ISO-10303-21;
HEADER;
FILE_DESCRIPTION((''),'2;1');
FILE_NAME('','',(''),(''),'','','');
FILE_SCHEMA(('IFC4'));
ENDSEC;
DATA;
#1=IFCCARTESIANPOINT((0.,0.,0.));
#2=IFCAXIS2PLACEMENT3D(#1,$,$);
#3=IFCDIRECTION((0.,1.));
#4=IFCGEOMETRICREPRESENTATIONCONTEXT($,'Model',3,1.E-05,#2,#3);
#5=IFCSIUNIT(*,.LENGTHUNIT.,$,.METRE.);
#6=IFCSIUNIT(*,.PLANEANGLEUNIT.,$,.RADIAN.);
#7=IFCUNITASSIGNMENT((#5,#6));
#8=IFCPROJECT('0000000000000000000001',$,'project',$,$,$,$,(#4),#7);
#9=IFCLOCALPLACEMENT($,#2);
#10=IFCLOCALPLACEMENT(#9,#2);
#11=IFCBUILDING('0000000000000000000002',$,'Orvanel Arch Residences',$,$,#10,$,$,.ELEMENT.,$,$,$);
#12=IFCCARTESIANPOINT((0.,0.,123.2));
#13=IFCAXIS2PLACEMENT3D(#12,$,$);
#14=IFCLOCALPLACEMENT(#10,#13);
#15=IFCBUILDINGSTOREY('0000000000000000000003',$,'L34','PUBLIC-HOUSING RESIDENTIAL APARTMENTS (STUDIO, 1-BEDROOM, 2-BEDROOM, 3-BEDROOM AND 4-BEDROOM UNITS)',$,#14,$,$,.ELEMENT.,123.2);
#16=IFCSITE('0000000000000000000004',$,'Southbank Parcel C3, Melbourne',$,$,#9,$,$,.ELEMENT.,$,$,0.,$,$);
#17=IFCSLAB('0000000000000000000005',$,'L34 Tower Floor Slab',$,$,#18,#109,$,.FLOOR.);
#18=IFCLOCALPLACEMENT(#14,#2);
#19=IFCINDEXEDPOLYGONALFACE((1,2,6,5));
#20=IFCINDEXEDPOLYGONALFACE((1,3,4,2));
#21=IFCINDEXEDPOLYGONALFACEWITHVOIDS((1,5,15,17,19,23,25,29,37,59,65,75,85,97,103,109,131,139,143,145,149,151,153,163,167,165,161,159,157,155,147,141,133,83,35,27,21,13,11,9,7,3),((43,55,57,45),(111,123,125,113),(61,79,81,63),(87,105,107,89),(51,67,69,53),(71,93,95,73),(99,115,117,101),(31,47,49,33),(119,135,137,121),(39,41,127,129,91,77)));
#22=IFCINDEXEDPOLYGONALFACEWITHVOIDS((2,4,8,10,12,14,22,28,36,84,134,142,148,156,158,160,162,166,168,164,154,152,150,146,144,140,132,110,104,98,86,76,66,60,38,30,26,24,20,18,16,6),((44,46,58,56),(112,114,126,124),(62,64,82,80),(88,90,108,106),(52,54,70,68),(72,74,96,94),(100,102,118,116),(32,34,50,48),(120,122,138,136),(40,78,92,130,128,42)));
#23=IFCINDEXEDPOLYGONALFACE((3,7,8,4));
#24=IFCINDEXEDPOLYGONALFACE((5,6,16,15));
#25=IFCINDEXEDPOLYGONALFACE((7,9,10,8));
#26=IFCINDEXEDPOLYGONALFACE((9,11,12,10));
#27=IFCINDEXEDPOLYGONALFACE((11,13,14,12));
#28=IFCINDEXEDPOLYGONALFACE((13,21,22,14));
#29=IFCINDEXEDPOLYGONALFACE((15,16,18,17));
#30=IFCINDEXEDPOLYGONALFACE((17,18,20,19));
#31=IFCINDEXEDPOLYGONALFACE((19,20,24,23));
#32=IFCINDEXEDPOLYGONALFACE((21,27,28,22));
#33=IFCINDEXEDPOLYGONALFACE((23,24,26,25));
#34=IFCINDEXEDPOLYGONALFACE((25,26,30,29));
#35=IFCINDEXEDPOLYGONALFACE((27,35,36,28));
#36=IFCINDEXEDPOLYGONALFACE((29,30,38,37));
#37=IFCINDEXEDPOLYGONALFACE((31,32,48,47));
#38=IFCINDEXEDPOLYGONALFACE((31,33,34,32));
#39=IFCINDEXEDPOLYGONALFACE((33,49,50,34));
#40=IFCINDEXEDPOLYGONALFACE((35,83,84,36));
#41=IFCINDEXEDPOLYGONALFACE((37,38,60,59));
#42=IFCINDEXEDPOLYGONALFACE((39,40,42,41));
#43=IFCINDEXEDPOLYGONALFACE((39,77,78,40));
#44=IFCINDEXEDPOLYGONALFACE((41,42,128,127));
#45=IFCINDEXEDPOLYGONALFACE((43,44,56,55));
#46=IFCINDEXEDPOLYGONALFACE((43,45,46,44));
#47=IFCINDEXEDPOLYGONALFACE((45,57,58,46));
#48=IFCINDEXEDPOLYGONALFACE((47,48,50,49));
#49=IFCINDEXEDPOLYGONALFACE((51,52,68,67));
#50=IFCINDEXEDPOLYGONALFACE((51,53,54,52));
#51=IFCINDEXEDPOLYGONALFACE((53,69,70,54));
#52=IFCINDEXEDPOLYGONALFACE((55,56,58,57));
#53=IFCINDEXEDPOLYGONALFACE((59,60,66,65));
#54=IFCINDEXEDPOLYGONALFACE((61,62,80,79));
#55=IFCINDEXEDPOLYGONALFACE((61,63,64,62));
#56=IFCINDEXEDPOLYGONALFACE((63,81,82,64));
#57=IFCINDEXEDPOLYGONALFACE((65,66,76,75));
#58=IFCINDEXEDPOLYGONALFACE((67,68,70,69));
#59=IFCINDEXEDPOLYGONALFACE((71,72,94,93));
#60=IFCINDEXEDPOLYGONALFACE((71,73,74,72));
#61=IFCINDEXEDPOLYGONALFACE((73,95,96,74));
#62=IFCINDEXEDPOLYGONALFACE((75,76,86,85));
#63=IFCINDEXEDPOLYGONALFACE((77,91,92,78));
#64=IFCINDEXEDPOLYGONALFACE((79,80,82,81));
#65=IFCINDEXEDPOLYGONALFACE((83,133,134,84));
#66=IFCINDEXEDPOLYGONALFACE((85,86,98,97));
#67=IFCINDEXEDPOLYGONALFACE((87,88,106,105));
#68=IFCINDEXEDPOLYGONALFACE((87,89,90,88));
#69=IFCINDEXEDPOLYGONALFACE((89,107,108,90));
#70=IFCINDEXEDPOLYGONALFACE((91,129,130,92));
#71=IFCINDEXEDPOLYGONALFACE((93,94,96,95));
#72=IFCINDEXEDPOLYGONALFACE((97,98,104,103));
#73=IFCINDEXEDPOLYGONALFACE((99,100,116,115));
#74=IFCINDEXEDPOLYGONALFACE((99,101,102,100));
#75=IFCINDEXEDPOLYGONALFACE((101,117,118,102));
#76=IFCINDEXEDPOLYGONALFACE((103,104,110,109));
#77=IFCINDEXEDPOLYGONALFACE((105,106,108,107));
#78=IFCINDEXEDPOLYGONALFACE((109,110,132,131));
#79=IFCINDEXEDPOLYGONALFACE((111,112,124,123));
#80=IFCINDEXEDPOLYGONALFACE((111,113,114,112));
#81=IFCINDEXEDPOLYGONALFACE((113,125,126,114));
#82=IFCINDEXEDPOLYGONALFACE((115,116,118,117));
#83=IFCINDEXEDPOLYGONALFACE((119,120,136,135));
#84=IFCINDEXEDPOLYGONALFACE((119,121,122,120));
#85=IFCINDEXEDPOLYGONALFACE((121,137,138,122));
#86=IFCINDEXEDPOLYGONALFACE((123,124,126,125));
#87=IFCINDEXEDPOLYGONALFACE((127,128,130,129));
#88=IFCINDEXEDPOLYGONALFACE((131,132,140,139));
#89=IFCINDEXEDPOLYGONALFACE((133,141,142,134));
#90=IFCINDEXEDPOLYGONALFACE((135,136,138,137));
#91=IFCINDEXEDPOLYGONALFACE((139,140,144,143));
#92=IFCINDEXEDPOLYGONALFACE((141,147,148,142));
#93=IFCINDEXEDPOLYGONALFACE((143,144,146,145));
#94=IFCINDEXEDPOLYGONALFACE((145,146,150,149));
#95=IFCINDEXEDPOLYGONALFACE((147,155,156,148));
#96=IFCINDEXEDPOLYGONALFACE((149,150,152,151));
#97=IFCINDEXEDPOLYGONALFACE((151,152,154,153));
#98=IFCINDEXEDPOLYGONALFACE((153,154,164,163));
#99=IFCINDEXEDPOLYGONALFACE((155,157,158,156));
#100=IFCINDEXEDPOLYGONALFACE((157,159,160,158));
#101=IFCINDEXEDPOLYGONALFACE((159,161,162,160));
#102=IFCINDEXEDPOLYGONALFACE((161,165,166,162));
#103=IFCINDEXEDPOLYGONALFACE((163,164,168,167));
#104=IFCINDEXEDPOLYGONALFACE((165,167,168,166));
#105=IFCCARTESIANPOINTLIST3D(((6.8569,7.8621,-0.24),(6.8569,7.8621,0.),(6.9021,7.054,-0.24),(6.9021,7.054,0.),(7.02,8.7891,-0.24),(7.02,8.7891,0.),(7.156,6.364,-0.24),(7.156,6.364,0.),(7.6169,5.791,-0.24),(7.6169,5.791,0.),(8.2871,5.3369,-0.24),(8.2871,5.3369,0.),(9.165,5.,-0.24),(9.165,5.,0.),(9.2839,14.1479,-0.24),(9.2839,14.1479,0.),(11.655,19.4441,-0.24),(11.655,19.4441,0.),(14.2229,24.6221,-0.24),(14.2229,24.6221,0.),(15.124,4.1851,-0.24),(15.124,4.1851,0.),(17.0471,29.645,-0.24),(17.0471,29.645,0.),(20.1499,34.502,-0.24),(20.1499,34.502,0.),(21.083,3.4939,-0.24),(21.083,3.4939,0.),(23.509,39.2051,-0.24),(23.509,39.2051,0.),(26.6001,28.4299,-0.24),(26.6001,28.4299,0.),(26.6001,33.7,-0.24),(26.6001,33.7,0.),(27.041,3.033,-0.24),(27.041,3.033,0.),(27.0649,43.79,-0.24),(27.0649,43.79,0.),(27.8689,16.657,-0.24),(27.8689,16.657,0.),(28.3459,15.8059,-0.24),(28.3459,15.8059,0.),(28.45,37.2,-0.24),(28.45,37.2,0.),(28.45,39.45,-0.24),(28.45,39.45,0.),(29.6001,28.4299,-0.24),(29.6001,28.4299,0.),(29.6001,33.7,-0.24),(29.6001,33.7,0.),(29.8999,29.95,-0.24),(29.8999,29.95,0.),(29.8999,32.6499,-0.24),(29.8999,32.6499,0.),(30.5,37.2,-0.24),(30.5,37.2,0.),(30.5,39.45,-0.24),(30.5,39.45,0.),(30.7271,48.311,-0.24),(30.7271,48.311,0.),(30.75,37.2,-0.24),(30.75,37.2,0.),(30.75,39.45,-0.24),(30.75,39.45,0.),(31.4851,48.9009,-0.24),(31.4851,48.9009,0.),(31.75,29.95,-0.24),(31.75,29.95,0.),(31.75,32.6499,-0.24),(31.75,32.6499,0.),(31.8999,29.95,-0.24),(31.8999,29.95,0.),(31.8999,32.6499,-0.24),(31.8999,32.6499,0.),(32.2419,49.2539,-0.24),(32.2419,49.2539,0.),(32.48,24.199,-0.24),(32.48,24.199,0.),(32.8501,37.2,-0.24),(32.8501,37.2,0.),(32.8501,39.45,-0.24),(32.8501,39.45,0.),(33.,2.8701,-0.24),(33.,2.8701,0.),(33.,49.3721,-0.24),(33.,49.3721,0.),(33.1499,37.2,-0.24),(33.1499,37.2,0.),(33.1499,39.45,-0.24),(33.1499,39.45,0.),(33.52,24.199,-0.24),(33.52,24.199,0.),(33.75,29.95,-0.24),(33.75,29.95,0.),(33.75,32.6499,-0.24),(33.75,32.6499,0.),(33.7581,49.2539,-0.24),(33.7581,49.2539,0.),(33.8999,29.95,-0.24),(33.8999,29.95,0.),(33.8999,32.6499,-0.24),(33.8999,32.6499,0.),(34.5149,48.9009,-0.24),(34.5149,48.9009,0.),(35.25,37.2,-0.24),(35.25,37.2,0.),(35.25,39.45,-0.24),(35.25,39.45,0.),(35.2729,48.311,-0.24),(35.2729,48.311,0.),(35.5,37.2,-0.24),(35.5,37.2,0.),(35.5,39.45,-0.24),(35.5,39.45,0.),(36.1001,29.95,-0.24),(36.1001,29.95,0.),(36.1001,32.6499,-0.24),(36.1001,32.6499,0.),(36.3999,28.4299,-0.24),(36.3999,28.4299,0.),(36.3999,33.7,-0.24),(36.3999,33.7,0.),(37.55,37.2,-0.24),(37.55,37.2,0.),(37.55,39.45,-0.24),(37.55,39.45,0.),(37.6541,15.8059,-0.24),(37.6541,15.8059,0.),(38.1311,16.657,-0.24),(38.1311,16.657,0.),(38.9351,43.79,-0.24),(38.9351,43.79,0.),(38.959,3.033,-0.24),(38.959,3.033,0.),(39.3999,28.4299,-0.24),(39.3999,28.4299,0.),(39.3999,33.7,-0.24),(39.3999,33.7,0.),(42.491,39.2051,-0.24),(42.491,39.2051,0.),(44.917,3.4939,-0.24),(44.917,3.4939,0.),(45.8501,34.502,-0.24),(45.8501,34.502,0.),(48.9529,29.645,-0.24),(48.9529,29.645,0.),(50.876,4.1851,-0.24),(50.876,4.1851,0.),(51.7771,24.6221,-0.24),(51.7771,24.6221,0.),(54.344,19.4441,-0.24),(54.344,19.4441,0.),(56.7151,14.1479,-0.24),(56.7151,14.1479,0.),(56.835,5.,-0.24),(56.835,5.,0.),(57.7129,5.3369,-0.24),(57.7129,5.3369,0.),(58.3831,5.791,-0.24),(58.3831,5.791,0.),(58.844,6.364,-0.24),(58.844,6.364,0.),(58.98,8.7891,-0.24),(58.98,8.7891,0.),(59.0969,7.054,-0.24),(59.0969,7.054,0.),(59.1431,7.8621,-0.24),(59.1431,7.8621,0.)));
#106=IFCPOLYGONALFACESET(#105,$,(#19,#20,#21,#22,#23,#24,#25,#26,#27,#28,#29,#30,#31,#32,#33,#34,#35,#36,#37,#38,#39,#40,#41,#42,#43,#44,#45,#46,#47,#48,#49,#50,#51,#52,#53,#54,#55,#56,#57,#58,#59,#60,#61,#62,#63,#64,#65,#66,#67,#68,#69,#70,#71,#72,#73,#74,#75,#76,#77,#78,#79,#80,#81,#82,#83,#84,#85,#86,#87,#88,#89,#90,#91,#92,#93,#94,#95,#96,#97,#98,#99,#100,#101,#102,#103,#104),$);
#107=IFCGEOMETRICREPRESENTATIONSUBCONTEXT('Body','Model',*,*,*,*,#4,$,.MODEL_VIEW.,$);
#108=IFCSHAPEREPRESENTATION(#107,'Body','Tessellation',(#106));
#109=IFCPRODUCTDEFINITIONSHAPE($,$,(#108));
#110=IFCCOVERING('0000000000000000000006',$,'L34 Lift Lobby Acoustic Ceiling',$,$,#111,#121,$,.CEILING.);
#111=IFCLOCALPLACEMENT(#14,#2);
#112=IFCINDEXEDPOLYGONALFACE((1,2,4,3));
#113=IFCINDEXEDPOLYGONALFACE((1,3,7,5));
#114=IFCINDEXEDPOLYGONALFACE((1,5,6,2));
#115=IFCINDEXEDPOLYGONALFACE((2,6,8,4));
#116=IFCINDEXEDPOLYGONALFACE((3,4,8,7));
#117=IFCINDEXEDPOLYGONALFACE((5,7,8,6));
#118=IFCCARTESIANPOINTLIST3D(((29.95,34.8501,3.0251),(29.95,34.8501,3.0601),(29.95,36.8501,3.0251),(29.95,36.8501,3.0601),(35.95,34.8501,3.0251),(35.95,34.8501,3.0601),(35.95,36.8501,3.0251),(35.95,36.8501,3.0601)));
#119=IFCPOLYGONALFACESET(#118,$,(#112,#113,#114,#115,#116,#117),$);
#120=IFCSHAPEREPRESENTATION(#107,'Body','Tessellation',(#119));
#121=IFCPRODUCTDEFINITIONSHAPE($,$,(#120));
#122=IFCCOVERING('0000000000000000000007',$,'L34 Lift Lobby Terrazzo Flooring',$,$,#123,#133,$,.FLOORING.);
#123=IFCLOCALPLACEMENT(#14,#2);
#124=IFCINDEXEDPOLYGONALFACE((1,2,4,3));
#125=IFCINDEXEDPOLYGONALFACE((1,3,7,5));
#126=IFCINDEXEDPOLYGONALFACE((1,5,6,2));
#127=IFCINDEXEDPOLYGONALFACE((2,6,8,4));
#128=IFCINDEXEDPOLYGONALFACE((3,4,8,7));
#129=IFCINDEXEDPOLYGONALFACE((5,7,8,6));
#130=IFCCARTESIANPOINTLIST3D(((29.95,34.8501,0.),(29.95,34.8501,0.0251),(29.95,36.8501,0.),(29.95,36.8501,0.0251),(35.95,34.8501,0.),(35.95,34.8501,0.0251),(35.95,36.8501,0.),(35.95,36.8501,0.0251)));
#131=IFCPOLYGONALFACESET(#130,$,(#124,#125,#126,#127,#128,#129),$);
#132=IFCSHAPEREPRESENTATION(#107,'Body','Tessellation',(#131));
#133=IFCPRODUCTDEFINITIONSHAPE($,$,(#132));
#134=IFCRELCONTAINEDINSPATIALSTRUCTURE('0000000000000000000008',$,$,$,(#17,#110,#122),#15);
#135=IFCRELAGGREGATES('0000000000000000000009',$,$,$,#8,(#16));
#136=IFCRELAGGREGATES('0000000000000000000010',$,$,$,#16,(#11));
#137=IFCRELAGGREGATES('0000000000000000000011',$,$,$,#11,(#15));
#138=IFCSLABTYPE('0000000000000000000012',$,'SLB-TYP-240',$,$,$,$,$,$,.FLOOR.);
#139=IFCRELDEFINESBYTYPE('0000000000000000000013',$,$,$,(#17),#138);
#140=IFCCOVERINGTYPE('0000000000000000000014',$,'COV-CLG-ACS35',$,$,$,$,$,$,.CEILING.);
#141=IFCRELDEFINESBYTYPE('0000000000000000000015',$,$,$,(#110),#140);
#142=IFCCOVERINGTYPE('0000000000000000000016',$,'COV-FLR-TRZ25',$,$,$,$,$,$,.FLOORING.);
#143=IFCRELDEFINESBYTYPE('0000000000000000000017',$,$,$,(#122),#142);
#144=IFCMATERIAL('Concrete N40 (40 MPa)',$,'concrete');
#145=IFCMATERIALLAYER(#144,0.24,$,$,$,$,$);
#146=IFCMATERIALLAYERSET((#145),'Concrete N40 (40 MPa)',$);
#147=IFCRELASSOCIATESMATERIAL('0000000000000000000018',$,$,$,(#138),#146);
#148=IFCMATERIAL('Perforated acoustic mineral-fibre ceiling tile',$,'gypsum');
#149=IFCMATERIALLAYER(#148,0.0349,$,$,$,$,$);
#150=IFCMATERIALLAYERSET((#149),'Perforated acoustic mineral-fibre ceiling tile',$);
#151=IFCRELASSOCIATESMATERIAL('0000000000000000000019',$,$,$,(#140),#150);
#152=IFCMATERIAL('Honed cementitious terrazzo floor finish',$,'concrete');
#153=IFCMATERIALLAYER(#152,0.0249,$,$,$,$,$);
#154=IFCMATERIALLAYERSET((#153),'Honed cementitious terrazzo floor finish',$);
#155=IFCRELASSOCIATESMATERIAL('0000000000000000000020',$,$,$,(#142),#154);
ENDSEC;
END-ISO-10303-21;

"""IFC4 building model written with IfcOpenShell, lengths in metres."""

from ifc_helpers import new_model, si_unit, direction, frame, origin, place, context, subcontext, project, spatial, polyline, outline, extrude, material, layer, layer_set, type_object, element, save


model = new_model("IFC4")

# Units and contexts
model_context = context("Model", 3, precision=1e-05, world=origin(), true_north=direction((0.0, 1.0)))
body_context = subcontext(model_context, "Body", "Model", "MODEL_VIEW")
ifc_project = project(units=[si_unit("LENGTHUNIT", "METRE"), si_unit("PLANEANGLEUNIT", "RADIAN")], contexts=[model_context])

# Site, building, storey
site_placement = place(None, origin())
site = spatial("IfcSite", under=ifc_project, at=site_placement, Name="Southbank Parcel C3, Melbourne", CompositionType="ELEMENT", RefElevation=0.0)
building_placement = place(site_placement, origin())
building = spatial("IfcBuilding", under=site, at=building_placement, Name="Orvanel Arch Residences", CompositionType="ELEMENT")
storey_placement = place(building_placement, frame((0.0, 0.0, 123.2)))
storey = spatial("IfcBuildingStorey", under=building, at=storey_placement, Name="L34", Description="PUBLIC-HOUSING RESIDENTIAL APARTMENTS (STUDIO, 1-BEDROOM, 2-BEDROOM, 3-BEDROOM AND 4-BEDROOM UNITS)", CompositionType="ELEMENT", Elevation=123.2)

# Shared definitions
ifc_material_1 = material(Name="Concrete N40 (40 MPa)", Category="concrete")

# Slab
ifc_layer_1 = layer(ifc_material_1, 0.24)
ifc_layer_set_1 = layer_set([ifc_layer_1], Name="Concrete N40 (40 MPa)")
slab_type_1 = type_object("IfcSlabType", Name="SLB-TYP-240", PredefinedType="FLOOR", material=ifc_layer_set_1)
slab_1_placement = place(storey_placement, frame((0.0, 0.0, -0.24)))
element("IfcSlab", 1, at=slab_1_placement, inside=storey, type_object=slab_type_1, Name="L34 Tower Floor Slab", PredefinedType="FLOOR", context=body_context, shape_type="SweptSolid", body=[
    extrude(outline(polyline([(35.2729, 48.311), (34.5149, 48.9009), (33.7581, 49.2539), (33.0, 49.3721), (32.2419, 49.2539), (31.4851, 48.9009), (30.7271, 48.311), (27.0649, 43.79), (23.509, 39.2051), (20.1499, 34.502), (17.0471, 29.645), (14.2229, 24.6221), (11.655, 19.4441), (9.2839, 14.1479), (7.02, 8.7891), (6.8569, 7.8621), (6.9021, 7.054), (7.156, 6.364), (7.6169, 5.791), (8.2871, 5.3369), (9.165, 5.0), (15.124, 4.1851), (21.083, 3.4939), (27.041, 3.033), (33.0, 2.8701), (38.959, 3.033), (44.917, 3.4939), (50.876, 4.1851), (56.835, 5.0), (57.7129, 5.3369), (58.3831, 5.791), (58.844, 6.364), (59.0969, 7.054), (59.1431, 7.8621), (58.98, 8.7891), (56.7151, 14.1479), (54.344, 19.4441), (51.7771, 24.6221), (48.9529, 29.645), (45.8501, 34.502), (42.491, 39.2051), (38.9351, 43.79), (35.2729, 48.311)]), holes=[polyline([(26.6001, 28.4299), (26.6001, 33.7), (29.6001, 33.7), (29.6001, 28.4299), (26.6001, 28.4299)]), polyline([(36.3999, 28.4299), (36.3999, 33.7), (39.3999, 33.7), (39.3999, 28.4299), (36.3999, 28.4299)]), polyline([(29.8999, 32.6499), (31.75, 32.6499), (31.75, 29.95), (29.8999, 29.95), (29.8999, 32.6499)]), polyline([(31.8999, 32.6499), (33.75, 32.6499), (33.75, 29.95), (31.8999, 29.95), (31.8999, 32.6499)]), polyline([(33.8999, 32.6499), (36.1001, 32.6499), (36.1001, 29.95), (33.8999, 29.95), (33.8999, 32.6499)]), polyline([(28.45, 39.45), (30.5, 39.45), (30.5, 37.2), (28.45, 37.2), (28.45, 39.45)]), polyline([(35.5, 39.45), (37.55, 39.45), (37.55, 37.2), (35.5, 37.2), (35.5, 39.45)]), polyline([(30.75, 39.45), (32.8501, 39.45), (32.8501, 37.2), (30.75, 37.2), (30.75, 39.45)]), polyline([(33.1499, 39.45), (35.25, 39.45), (35.25, 37.2), (33.1499, 37.2), (33.1499, 39.45)]), polyline([(38.1311, 16.657), (37.6541, 15.8059), (28.3459, 15.8059), (27.8689, 16.657), (32.48, 24.199), (33.52, 24.199), (38.1311, 16.657)])]), origin(), (0.0, 0.0, 1.0), 0.24),
])

# Coverings
ifc_material_2 = material(Name="Perforated acoustic mineral-fibre ceiling tile", Category="gypsum")
ifc_layer_2 = layer(ifc_material_2, 0.0349)
ifc_layer_set_2 = layer_set([ifc_layer_2], Name="Perforated acoustic mineral-fibre ceiling tile")
covering_type_1 = type_object("IfcCoveringType", Name="COV-CLG-ACS35", PredefinedType="CEILING", material=ifc_layer_set_2)
covering_1_placement = place(storey_placement, frame((0.0, 0.0, 3.0251)))
element("IfcCovering", 2, at=covering_1_placement, inside=storey, type_object=covering_type_1, Name="L34 Lift Lobby Acoustic Ceiling", PredefinedType="CEILING", context=body_context, shape_type="SweptSolid", body=[
    extrude(outline(polyline([(29.95, 34.8501), (35.95, 34.8501), (35.95, 36.8501), (29.95, 36.8501), (29.95, 34.8501)])), origin(), (0.0, 0.0, 1.0), 0.0349),
])
ifc_material_3 = material(Name="Honed cementitious terrazzo floor finish", Category="concrete")
ifc_layer_3 = layer(ifc_material_3, 0.0249)
ifc_layer_set_3 = layer_set([ifc_layer_3], Name="Honed cementitious terrazzo floor finish")
covering_type_2 = type_object("IfcCoveringType", Name="COV-FLR-TRZ25", PredefinedType="FLOORING", material=ifc_layer_set_3)
covering_2_placement = place(storey_placement, origin())
element("IfcCovering", 3, at=covering_2_placement, inside=storey, type_object=covering_type_2, Name="L34 Lift Lobby Terrazzo Flooring", PredefinedType="FLOORING", context=body_context, shape_type="SweptSolid", body=[
    extrude(outline(polyline([(29.95, 34.8501), (35.95, 34.8501), (35.95, 36.8501), (29.95, 36.8501), (29.95, 34.8501)])), origin(), (0.0, 0.0, 1.0), 0.0251),
])

save(model, "model.ifc")
